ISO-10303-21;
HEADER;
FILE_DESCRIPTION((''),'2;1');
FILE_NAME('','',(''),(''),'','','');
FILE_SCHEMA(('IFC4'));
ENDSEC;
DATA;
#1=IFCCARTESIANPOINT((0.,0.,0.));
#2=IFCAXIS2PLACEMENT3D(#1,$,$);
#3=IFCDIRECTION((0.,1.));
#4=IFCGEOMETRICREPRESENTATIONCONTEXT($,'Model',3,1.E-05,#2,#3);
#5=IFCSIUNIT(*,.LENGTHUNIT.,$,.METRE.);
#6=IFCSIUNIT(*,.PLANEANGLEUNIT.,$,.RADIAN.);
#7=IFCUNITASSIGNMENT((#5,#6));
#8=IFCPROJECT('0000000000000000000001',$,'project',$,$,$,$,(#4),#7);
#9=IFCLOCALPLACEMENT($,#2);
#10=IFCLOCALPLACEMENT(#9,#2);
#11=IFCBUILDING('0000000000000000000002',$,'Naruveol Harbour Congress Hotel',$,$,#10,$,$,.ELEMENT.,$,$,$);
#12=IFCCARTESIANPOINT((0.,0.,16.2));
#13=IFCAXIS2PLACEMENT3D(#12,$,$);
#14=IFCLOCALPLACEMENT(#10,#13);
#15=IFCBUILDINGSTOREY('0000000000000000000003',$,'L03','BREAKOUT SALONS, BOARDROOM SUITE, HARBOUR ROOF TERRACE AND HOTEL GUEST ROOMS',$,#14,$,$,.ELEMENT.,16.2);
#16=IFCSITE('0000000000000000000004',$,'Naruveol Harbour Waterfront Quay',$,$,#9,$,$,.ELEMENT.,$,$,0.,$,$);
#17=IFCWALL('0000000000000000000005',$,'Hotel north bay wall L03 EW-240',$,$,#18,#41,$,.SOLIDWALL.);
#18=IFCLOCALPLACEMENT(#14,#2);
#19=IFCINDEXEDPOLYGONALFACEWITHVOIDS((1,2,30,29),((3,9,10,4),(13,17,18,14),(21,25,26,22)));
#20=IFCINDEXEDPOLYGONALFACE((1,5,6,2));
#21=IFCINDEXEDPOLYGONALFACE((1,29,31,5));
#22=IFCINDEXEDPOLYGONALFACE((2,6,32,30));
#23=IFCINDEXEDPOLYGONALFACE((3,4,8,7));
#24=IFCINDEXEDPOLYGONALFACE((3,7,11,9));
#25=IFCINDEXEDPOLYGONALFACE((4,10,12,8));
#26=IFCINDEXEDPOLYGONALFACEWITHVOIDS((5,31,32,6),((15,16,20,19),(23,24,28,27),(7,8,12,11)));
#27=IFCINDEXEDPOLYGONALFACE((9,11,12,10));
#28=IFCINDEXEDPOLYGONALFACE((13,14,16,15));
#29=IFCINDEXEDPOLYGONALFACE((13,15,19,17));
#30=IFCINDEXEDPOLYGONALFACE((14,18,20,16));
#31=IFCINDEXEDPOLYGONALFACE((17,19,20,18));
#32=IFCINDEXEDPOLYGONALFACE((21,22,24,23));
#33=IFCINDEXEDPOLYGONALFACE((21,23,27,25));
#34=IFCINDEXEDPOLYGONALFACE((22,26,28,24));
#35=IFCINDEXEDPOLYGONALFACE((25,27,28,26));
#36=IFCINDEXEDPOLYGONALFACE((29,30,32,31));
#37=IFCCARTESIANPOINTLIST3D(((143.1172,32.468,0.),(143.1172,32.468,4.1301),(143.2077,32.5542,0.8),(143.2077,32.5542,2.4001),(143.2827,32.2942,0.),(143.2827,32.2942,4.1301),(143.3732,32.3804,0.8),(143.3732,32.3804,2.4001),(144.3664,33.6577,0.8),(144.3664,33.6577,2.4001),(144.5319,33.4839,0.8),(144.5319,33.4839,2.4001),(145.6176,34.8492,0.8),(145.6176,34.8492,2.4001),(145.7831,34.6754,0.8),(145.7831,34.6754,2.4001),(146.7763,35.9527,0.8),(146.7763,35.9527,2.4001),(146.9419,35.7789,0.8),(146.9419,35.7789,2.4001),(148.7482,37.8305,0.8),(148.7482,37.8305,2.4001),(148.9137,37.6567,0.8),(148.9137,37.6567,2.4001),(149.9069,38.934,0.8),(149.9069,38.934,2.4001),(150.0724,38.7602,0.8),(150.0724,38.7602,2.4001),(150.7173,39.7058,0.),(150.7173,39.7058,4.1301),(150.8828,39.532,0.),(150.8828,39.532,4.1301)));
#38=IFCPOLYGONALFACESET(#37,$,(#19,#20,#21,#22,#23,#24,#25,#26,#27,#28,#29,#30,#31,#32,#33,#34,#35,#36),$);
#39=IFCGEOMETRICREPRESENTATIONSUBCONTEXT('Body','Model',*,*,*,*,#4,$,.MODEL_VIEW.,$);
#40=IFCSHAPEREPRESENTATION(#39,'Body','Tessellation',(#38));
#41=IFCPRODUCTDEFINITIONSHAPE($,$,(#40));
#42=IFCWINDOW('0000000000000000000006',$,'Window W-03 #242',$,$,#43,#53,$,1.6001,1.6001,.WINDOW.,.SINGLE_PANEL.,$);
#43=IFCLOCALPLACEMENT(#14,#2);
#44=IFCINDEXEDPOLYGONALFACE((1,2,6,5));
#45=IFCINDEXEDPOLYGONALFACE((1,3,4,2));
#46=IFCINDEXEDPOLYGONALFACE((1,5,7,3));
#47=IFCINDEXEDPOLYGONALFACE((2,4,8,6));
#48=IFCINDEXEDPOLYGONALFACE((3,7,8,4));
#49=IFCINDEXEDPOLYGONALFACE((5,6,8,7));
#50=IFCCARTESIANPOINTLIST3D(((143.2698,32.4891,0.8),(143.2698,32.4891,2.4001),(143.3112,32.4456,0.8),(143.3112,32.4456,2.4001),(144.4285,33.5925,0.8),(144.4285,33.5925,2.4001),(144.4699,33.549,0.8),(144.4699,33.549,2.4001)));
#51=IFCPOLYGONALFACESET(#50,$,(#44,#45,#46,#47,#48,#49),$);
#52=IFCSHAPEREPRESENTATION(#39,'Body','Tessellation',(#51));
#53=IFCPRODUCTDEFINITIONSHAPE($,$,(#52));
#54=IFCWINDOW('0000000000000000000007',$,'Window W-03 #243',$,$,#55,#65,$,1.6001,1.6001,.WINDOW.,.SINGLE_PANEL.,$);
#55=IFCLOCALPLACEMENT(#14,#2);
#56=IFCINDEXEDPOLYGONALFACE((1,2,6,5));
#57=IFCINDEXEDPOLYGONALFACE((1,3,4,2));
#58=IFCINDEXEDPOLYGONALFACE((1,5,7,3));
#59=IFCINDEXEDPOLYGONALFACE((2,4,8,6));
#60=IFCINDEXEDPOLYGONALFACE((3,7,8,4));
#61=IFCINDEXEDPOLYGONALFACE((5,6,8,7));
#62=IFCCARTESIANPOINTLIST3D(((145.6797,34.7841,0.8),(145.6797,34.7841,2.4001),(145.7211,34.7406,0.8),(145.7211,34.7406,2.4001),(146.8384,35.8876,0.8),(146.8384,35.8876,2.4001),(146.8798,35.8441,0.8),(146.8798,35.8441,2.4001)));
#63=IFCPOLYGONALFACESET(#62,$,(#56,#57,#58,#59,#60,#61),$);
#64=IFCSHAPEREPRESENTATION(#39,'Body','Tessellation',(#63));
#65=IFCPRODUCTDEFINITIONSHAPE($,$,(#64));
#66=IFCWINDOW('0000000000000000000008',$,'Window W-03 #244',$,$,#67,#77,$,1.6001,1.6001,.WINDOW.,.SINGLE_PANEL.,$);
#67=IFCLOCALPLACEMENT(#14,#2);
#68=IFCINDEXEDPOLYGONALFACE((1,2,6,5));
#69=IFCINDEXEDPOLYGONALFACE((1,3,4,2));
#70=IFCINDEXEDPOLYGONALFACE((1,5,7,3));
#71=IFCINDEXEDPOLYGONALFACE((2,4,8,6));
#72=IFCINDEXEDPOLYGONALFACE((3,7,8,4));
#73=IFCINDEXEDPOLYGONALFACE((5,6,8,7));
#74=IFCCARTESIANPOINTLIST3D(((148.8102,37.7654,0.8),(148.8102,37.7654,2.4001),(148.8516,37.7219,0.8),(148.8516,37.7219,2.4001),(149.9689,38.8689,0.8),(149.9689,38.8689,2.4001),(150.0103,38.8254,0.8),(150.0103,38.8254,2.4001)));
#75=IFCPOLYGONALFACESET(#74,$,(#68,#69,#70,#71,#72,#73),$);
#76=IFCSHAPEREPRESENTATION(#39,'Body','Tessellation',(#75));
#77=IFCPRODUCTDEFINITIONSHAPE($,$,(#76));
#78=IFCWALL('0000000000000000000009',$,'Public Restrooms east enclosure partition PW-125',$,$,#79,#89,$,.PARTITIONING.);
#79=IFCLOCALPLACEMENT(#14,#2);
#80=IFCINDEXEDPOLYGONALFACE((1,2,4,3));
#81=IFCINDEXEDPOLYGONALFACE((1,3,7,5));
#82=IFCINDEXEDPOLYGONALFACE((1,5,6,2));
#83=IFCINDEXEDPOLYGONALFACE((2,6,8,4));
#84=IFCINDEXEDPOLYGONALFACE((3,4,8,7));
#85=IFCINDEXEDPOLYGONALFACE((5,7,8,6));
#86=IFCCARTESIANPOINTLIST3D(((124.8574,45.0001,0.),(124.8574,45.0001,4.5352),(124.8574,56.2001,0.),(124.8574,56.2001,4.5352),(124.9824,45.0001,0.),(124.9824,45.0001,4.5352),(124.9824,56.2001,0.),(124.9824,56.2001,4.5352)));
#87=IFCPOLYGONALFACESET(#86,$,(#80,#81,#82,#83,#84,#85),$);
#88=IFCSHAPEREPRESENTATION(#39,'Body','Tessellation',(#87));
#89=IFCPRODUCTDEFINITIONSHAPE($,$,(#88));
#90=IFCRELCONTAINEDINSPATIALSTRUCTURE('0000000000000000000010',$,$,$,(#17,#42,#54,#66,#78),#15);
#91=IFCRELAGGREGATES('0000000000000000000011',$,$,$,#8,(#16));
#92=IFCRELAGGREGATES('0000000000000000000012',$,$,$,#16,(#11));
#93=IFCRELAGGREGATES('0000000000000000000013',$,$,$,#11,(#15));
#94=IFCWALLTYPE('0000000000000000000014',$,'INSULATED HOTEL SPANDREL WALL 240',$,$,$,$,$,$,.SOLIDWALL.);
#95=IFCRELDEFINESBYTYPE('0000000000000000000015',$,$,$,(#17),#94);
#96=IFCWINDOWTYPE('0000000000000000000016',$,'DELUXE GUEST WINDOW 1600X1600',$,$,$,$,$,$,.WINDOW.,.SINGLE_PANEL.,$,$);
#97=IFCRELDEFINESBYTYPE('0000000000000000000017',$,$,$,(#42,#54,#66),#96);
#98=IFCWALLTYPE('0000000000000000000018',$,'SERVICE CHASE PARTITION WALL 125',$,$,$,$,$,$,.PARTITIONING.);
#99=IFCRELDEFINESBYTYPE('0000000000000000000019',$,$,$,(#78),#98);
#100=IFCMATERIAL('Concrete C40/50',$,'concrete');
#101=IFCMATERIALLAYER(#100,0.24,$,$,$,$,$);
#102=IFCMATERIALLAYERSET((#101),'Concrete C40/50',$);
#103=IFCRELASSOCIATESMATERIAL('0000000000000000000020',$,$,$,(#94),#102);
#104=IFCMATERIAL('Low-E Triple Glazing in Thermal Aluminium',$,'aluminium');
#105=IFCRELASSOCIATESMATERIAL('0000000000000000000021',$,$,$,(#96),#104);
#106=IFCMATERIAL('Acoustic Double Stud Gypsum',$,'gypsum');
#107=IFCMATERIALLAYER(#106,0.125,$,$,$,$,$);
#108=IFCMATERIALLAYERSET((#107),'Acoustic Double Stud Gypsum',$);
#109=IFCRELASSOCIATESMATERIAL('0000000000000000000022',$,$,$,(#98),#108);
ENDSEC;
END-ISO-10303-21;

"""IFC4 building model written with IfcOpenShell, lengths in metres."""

from ifc_helpers import new_model, si_unit, direction, frame, frame_2d, origin, place, context, subcontext, project, spatial, rectangle, extrude, material, layer, layer_set, type_object, element, fill, save


model = new_model("IFC4")

# Units and contexts
model_context = context("Model", 3, precision=1e-05, world=origin(), true_north=direction((0.0, 1.0)))
body_context = subcontext(model_context, "Body", "Model", "MODEL_VIEW")
ifc_project = project(units=[si_unit("LENGTHUNIT", "METRE"), si_unit("PLANEANGLEUNIT", "RADIAN")], contexts=[model_context])

# Site, building, storey
site_placement = place(None, origin())
site = spatial("IfcSite", under=ifc_project, at=site_placement, Name="Naruveol Harbour Waterfront Quay", CompositionType="ELEMENT", RefElevation=0.0)
building_placement = place(site_placement, origin())
building = spatial("IfcBuilding", under=site, at=building_placement, Name="Naruveol Harbour Congress Hotel", CompositionType="ELEMENT")
storey_placement = place(building_placement, frame((0.0, 0.0, 16.2)))
storey = spatial("IfcBuildingStorey", under=building, at=storey_placement, Name="L03", Description="BREAKOUT SALONS, BOARDROOM SUITE, HARBOUR ROOF TERRACE AND HOTEL GUEST ROOMS", CompositionType="ELEMENT", Elevation=16.2)

# Wall, openings, windows
ifc_material_1 = material(Name="Concrete C40/50", Category="concrete")
ifc_layer_1 = layer(ifc_material_1, 0.24)
ifc_layer_set_1 = layer_set([ifc_layer_1], Name="Concrete C40/50")
wall_type_1 = type_object("IfcWallType", Name="INSULATED HOTEL SPANDREL WALL 240", PredefinedType="SOLIDWALL", material=ifc_layer_set_1)
wall_1_placement = place(storey_placement, frame((143.2, 32.3811, 0.0), z_axis=(0.0, 0.0, 1.0), x_axis=(0.724157, 0.689635, 0.0)))
wall_1 = element("IfcWall", 1, at=wall_1_placement, inside=storey, type_object=wall_type_1, Name="Hotel north bay wall L03 EW-240", PredefinedType="SOLIDWALL", context=body_context, shape_type="SweptSolid", body=[
    extrude(rectangle(XDim=10.4951, YDim=0.24, at=frame_2d((5.2476, 0.0))), origin(), (0.0, 0.0, 1.0), 4.1301),
])
opening_1_placement = place(wall_1_placement, frame((0.125, 0.0, 0.8)))
opening_1 = element("IfcOpeningElement", 2, at=opening_1_placement, cuts=wall_1, PredefinedType="OPENING", context=body_context, shape_type="SweptSolid", body=[
    extrude(rectangle(XDim=1.6001, YDim=1.6001, at=frame_2d((0.8, 0.8))), frame((0.0, 0.1299, 0.0), z_axis=(0.0, -1.0, 0.0), x_axis=(1.0, 0.0, 0.0)), (0.0, 0.0, 1.0), 0.26),
])
opening_2_placement = place(wall_1_placement, frame((3.4529, 0.0, 0.8)))
opening_2 = element("IfcOpeningElement", 3, at=opening_2_placement, cuts=wall_1, PredefinedType="OPENING", context=body_context, shape_type="SweptSolid", body=[
    extrude(rectangle(XDim=1.6001, YDim=1.6001, at=frame_2d((0.8, 0.8))), frame((0.0, 0.1299, 0.0), z_axis=(0.0, -1.0, 0.0), x_axis=(1.0, 0.0, 0.0)), (0.0, 0.0, 1.0), 0.26),
])
opening_3_placement = place(wall_1_placement, frame((7.7759, 0.0, 0.8)))
opening_3 = element("IfcOpeningElement", 4, at=opening_3_placement, cuts=wall_1, PredefinedType="OPENING", context=body_context, shape_type="SweptSolid", body=[
    extrude(rectangle(XDim=1.6001, YDim=1.6001, at=frame_2d((0.8, 0.8))), frame((0.0, 0.1299, 0.0), z_axis=(0.0, -1.0, 0.0), x_axis=(1.0, 0.0, 0.0)), (0.0, 0.0, 1.0), 0.26),
])
ifc_material_2 = material(Name="Low-E Triple Glazing in Thermal Aluminium", Category="aluminium")
window_type_1 = type_object("IfcWindowType", Name="DELUXE GUEST WINDOW 1600X1600", PartitioningType="SINGLE_PANEL", PredefinedType="WINDOW", material=ifc_material_2)
window_1_placement = place(opening_1_placement, origin())
window_1 = element("IfcWindow", 5, at=window_1_placement, inside=storey, type_object=window_type_1, Name="Window W-03 #242", OverallHeight=1.6001, OverallWidth=1.6001, PartitioningType="SINGLE_PANEL", PredefinedType="WINDOW", context=body_context, shape_type="SweptSolid", body=[
    extrude(rectangle(XDim=1.6001, YDim=1.6001, at=frame_2d((0.8, 0.8))), frame((0.0, 0.03, 0.0), z_axis=(0.0, -1.0, 0.0), x_axis=(1.0, 0.0, 0.0)), (0.0, 0.0, 1.0), 0.0601),
])
fill(opening_1, window_1)
window_2_placement = place(opening_2_placement, origin())
window_2 = element("IfcWindow", 6, at=window_2_placement, inside=storey, type_object=window_type_1, Name="Window W-03 #243", OverallHeight=1.6001, OverallWidth=1.6001, PartitioningType="SINGLE_PANEL", PredefinedType="WINDOW", context=body_context, shape_type="SweptSolid", body=[
    extrude(rectangle(XDim=1.6001, YDim=1.6001, at=frame_2d((0.8, 0.8))), frame((0.0, 0.03, 0.0), z_axis=(0.0, -1.0, 0.0), x_axis=(1.0, 0.0, 0.0)), (0.0, 0.0, 1.0), 0.0601),
])
fill(opening_2, window_2)
window_3_placement = place(opening_3_placement, origin())
window_3 = element("IfcWindow", 7, at=window_3_placement, inside=storey, type_object=window_type_1, Name="Window W-03 #244", OverallHeight=1.6001, OverallWidth=1.6001, PartitioningType="SINGLE_PANEL", PredefinedType="WINDOW", context=body_context, shape_type="SweptSolid", body=[
    extrude(rectangle(XDim=1.6001, YDim=1.6001, at=frame_2d((0.8, 0.8))), frame((0.0, 0.03, 0.0), z_axis=(0.0, -1.0, 0.0), x_axis=(1.0, 0.0, 0.0)), (0.0, 0.0, 1.0), 0.0601),
])
fill(opening_3, window_3)

# Wall
ifc_material_3 = material(Name="Acoustic Double Stud Gypsum", Category="gypsum")
ifc_layer_2 = layer(ifc_material_3, 0.125)
ifc_layer_set_2 = layer_set([ifc_layer_2], Name="Acoustic Double Stud Gypsum")
wall_type_2 = type_object("IfcWallType", Name="SERVICE CHASE PARTITION WALL 125", PredefinedType="PARTITIONING", material=ifc_layer_set_2)
wall_2_placement = place(storey_placement, frame((124.9199, 45.0, 0.0), z_axis=(0.0, 0.0, 1.0), x_axis=(0.0, 1.0, 0.0)))
element("IfcWall", 8, at=wall_2_placement, inside=storey, type_object=wall_type_2, Name="Public Restrooms east enclosure partition PW-125", PredefinedType="PARTITIONING", context=body_context, shape_type="SweptSolid", body=[
    extrude(rectangle(XDim=11.2, YDim=0.125, at=frame_2d((5.6001, 0.0))), origin(), (0.0, 0.0, 1.0), 4.5352),
])

save(model, "model.ifc")
